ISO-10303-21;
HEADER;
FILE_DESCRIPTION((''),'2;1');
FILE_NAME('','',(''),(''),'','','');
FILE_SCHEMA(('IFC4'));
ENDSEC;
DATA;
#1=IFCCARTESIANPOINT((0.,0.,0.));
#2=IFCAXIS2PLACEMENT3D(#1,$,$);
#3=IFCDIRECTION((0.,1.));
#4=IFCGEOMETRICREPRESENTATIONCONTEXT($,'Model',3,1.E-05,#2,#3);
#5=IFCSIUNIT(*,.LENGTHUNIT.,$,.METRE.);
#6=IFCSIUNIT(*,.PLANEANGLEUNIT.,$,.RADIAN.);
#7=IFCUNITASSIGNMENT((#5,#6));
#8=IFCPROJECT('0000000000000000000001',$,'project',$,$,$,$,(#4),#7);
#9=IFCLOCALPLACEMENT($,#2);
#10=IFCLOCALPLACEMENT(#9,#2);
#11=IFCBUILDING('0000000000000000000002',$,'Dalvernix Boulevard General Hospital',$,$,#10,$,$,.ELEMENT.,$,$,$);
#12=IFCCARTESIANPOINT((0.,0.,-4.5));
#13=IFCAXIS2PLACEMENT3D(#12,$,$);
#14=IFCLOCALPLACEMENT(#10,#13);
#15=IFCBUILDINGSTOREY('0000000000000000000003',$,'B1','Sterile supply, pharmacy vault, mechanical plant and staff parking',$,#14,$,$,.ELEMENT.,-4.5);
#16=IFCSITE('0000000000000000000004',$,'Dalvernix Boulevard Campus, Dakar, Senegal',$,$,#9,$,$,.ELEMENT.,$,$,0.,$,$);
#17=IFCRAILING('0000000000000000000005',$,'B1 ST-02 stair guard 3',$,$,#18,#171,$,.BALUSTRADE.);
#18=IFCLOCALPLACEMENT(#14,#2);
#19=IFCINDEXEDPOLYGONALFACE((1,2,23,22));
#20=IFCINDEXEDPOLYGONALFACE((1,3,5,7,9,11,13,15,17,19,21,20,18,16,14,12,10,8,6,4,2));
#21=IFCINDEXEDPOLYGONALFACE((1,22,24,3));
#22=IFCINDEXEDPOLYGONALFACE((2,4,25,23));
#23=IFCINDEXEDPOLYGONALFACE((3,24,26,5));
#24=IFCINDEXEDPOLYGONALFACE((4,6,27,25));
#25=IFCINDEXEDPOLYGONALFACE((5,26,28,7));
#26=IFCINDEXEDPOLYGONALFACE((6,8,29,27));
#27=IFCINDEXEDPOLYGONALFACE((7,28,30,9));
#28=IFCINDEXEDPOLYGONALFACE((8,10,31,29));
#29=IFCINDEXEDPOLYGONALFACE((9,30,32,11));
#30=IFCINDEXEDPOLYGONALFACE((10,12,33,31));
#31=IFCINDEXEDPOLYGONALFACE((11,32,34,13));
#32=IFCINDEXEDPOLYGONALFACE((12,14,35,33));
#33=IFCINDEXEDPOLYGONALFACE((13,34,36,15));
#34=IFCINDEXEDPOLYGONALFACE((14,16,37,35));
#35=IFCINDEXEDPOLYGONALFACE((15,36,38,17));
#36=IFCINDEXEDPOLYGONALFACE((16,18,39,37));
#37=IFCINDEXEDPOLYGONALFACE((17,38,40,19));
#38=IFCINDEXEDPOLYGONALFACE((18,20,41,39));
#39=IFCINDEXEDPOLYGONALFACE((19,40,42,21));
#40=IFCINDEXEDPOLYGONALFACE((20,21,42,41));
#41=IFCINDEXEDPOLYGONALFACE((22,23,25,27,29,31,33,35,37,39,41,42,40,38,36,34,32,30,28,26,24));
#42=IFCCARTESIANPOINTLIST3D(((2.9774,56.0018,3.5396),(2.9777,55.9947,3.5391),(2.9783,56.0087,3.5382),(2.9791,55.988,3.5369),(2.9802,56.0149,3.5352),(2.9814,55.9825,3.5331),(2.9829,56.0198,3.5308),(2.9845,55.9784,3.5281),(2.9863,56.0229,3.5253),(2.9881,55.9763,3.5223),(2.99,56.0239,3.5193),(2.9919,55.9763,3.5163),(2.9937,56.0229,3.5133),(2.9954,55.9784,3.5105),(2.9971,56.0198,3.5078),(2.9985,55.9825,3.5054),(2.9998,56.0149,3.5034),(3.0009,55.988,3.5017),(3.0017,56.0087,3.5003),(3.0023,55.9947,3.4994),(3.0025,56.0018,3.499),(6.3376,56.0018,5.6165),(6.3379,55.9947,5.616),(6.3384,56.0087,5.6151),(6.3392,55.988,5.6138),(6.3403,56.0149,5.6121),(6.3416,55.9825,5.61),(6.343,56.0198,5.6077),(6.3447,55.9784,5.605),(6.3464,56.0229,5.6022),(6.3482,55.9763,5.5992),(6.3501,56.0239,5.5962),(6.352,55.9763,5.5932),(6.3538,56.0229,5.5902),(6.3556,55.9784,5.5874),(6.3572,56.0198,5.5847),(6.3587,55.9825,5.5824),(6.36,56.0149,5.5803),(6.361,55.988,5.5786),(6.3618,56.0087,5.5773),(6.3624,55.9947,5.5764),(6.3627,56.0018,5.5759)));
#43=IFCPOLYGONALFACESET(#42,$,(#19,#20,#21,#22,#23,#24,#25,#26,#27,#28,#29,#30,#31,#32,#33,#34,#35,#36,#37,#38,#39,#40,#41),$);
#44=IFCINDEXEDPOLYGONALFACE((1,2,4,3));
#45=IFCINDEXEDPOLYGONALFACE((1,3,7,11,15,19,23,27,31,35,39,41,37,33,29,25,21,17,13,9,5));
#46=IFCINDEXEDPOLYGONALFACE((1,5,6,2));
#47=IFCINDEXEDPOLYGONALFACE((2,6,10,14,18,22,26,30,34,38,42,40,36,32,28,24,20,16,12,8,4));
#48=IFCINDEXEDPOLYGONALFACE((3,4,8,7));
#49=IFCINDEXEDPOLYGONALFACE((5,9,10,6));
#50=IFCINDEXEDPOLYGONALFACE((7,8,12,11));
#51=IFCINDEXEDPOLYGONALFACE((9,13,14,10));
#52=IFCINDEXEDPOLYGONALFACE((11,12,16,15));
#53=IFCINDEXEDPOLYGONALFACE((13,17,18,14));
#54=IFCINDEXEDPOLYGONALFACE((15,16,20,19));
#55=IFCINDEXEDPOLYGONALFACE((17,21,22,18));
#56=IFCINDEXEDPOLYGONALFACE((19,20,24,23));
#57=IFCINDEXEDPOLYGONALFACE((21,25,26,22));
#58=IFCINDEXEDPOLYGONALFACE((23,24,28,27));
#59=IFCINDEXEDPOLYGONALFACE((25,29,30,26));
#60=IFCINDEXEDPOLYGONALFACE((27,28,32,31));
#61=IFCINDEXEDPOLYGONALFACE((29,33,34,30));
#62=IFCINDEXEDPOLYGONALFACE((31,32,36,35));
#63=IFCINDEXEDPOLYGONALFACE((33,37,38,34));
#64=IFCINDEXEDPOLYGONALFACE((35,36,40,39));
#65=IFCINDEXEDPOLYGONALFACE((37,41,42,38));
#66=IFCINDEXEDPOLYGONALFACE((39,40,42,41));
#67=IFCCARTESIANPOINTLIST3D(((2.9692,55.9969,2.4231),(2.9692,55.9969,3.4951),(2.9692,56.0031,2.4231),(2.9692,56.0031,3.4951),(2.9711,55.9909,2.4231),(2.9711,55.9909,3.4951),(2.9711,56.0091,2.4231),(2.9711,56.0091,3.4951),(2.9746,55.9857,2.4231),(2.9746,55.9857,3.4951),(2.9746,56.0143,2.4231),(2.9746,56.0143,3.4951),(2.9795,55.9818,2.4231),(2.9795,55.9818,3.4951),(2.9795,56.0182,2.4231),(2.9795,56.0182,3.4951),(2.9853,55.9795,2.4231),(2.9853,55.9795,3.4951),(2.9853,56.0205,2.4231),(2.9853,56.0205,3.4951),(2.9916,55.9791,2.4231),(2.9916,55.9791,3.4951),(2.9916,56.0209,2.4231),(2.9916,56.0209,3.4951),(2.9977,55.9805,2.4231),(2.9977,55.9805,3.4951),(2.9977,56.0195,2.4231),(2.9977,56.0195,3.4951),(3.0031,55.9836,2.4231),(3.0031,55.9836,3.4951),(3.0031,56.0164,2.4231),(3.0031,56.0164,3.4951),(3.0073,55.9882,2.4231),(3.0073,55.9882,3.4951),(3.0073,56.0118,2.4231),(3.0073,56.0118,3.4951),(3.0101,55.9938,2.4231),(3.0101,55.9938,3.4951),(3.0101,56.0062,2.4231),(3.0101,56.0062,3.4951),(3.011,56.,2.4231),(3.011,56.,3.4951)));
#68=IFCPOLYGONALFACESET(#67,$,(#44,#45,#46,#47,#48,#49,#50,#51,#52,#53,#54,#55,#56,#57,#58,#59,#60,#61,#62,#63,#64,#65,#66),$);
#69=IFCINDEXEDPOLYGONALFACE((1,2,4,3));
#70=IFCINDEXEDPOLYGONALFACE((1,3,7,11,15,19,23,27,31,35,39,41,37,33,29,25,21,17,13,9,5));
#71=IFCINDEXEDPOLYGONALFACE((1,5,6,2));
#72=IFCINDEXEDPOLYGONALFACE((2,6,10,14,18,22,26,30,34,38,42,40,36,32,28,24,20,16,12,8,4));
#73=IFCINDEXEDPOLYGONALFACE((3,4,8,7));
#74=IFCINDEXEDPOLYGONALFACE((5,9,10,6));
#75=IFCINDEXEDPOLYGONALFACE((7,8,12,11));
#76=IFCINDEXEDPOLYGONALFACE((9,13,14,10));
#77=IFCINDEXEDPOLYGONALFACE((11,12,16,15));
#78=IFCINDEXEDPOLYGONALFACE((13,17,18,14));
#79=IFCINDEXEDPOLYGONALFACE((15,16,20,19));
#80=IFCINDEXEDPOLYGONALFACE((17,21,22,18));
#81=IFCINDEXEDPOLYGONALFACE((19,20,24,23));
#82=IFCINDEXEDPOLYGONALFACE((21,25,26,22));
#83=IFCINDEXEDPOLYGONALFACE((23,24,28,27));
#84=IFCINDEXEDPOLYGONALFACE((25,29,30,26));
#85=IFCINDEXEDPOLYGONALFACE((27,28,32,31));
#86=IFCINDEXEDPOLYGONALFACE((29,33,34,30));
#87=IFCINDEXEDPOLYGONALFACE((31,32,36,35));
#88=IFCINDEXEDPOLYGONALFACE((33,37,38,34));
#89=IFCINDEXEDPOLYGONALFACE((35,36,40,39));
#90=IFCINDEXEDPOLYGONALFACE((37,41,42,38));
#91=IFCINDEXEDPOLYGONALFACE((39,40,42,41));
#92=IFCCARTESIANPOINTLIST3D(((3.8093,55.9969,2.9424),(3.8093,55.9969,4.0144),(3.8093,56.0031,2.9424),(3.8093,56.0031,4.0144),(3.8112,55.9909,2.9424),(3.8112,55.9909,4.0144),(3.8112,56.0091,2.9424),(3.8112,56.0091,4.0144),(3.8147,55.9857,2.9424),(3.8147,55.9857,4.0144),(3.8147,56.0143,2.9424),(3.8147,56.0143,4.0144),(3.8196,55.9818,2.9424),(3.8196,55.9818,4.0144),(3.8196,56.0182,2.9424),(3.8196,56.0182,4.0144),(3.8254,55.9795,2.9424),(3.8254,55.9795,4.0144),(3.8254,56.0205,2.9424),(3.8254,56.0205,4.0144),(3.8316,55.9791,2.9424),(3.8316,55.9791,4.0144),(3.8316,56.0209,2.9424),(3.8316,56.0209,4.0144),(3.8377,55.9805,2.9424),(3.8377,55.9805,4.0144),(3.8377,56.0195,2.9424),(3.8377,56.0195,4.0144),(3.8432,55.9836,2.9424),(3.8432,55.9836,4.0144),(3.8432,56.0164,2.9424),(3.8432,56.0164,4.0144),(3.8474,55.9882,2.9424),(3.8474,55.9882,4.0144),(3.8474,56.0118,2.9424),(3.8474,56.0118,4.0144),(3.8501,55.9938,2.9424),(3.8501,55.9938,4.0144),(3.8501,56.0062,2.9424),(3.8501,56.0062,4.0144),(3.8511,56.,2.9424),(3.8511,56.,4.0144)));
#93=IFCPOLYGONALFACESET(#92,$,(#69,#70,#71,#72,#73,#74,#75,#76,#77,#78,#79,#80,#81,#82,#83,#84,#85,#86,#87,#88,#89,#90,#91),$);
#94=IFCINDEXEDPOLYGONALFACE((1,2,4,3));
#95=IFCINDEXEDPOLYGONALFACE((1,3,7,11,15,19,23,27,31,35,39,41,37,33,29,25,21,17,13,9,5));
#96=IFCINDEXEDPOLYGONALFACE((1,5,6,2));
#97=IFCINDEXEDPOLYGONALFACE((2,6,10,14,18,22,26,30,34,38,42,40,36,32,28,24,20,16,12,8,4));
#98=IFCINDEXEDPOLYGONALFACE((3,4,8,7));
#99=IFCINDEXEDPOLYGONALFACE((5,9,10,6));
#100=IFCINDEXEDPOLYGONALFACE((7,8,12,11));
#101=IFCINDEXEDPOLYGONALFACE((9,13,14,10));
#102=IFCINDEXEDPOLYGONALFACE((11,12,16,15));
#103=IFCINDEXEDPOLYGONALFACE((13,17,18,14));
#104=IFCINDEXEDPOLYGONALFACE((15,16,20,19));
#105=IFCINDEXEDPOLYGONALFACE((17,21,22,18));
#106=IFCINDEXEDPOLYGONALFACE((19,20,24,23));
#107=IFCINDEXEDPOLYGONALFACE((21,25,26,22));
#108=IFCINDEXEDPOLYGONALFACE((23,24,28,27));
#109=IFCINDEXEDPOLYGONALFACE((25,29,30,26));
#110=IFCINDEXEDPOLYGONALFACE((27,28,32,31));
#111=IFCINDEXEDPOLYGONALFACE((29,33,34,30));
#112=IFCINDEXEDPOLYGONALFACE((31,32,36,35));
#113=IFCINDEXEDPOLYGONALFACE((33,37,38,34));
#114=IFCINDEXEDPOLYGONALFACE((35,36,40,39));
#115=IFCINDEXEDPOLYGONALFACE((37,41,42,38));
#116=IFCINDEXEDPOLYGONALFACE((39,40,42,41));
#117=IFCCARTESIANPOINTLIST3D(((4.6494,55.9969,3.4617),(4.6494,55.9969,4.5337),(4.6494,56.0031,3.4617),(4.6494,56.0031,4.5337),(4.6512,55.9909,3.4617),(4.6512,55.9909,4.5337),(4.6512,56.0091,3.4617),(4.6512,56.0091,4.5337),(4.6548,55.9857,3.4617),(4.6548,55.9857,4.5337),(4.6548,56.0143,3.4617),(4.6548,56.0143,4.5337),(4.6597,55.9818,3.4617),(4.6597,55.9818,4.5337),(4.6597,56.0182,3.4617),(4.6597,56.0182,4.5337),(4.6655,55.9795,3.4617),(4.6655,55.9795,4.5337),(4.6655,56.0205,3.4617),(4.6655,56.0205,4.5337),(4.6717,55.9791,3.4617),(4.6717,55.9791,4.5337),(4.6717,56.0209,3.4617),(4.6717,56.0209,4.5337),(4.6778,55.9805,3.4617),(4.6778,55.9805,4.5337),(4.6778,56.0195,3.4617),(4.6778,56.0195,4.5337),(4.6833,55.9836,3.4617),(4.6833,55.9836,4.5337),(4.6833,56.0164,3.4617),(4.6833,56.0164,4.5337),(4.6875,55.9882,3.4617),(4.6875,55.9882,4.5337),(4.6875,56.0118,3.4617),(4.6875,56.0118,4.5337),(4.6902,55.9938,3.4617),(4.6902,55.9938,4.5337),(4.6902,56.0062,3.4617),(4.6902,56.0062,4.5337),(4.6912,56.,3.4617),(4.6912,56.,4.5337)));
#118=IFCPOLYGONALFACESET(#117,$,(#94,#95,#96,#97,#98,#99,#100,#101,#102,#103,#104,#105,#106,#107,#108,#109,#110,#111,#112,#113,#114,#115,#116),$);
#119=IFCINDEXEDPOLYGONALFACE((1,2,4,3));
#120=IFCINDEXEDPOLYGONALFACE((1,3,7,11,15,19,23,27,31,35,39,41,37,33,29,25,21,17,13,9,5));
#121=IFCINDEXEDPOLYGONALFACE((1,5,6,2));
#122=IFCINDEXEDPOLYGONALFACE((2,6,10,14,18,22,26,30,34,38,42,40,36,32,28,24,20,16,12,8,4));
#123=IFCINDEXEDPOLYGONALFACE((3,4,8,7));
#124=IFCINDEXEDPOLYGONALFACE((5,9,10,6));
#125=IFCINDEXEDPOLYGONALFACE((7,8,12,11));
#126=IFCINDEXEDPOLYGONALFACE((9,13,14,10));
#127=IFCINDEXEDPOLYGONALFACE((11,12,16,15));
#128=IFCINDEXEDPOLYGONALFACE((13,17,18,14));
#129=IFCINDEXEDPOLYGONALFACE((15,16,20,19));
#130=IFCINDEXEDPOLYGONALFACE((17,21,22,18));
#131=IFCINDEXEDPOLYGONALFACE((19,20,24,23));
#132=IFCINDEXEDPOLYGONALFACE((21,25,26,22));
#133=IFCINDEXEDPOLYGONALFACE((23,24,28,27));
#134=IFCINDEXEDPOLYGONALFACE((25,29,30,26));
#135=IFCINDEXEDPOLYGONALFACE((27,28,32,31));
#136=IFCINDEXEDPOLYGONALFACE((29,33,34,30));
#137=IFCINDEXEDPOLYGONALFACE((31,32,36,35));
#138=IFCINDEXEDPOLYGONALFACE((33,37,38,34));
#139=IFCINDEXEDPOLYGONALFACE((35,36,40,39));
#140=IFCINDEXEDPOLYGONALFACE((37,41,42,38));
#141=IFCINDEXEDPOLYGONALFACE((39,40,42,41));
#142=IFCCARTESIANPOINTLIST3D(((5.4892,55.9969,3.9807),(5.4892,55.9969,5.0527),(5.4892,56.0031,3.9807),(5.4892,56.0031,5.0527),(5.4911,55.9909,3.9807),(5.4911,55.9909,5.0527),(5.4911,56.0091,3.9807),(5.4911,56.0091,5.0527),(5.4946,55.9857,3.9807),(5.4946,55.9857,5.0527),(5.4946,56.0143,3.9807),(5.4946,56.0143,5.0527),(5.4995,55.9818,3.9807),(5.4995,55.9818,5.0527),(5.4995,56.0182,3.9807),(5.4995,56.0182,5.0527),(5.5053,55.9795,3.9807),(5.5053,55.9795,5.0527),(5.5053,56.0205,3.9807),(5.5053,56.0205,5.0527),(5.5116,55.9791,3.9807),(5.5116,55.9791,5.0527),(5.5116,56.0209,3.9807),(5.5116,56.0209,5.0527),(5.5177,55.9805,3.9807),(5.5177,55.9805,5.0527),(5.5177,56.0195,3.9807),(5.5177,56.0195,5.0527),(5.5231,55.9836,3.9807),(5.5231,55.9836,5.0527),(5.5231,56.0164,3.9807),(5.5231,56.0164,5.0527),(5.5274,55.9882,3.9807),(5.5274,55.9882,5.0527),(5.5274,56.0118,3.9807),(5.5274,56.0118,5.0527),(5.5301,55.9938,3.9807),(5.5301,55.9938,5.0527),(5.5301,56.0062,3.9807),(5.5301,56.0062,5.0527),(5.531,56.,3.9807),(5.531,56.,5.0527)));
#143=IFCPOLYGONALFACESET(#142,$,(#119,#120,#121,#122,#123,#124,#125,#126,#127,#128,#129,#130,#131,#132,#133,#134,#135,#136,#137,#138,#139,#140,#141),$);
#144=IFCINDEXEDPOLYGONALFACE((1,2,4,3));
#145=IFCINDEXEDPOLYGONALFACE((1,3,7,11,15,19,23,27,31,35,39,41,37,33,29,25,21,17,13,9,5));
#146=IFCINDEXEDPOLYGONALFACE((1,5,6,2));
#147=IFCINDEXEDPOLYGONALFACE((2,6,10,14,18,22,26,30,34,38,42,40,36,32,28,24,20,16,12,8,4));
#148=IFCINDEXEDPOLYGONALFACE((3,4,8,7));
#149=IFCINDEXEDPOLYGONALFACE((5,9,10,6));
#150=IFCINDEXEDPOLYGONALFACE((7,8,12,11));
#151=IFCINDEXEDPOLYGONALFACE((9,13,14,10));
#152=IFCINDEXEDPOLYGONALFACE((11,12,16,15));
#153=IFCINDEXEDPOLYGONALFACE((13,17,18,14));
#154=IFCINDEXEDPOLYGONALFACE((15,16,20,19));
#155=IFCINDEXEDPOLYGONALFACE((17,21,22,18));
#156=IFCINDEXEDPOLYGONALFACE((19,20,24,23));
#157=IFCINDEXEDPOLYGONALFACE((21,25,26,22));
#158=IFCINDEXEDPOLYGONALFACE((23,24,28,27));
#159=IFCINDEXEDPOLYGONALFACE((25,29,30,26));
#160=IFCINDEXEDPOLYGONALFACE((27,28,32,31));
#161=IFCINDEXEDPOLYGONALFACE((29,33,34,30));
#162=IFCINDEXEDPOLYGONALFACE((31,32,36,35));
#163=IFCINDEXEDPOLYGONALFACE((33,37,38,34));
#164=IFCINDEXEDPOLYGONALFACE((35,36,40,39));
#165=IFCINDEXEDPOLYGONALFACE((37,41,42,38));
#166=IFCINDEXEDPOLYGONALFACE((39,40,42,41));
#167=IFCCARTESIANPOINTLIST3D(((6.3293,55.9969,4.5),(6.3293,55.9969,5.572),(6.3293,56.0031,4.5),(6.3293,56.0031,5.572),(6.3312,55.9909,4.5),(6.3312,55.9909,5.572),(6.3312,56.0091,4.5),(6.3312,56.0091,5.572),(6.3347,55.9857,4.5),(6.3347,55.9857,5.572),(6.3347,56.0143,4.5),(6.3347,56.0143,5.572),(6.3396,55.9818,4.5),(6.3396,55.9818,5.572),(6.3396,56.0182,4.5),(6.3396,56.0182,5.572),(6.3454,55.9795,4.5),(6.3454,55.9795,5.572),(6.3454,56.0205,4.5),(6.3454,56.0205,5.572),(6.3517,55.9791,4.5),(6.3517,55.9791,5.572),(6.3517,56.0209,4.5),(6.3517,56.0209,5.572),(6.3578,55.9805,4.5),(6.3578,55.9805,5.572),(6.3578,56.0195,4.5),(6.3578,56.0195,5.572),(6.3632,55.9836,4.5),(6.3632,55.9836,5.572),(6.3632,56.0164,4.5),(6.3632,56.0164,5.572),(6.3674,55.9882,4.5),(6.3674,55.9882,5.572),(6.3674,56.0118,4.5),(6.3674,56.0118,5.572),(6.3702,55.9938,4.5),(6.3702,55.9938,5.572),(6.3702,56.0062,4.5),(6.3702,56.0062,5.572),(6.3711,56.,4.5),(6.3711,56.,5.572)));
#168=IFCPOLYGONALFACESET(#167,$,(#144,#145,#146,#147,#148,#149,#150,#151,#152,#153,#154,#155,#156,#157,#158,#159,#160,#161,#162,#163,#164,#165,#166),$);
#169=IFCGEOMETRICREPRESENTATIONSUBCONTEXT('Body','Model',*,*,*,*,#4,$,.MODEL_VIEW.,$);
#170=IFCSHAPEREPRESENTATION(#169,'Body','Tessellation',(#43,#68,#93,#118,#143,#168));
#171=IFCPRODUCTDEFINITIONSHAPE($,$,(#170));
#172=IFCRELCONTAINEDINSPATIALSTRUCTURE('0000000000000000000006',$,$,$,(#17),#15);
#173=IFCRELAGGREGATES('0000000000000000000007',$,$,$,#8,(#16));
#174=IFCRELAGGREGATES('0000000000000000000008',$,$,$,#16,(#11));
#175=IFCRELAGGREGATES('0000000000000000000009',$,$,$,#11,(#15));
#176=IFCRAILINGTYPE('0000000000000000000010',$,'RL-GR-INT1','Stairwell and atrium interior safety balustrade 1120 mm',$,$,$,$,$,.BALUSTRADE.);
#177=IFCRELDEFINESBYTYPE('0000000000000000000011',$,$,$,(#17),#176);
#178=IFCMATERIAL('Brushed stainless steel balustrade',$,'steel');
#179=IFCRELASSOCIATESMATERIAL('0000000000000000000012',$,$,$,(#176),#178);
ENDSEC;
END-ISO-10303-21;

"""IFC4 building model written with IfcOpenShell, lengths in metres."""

from ifc_helpers import new_model, si_unit, direction, frame, origin, origin_2d, place, context, subcontext, project, spatial, circle, extrude, material, type_object, element, save


model = new_model("IFC4")

# Units and contexts
model_context = context("Model", 3, precision=1e-05, world=origin(), true_north=direction((0.0, 1.0)))
body_context = subcontext(model_context, "Body", "Model", "MODEL_VIEW")
ifc_project = project(units=[si_unit("LENGTHUNIT", "METRE"), si_unit("PLANEANGLEUNIT", "RADIAN")], contexts=[model_context])

# Site, building, storey
site_placement = place(None, origin())
site = spatial("IfcSite", under=ifc_project, at=site_placement, Name="Dalvernix Boulevard Campus, Dakar, Senegal", CompositionType="ELEMENT", RefElevation=0.0)
building_placement = place(site_placement, origin())
building = spatial("IfcBuilding", under=site, at=building_placement, Name="Dalvernix Boulevard General Hospital", CompositionType="ELEMENT")
storey_placement = place(building_placement, frame((0.0, 0.0, -4.5)))
storey = spatial("IfcBuildingStorey", under=building, at=storey_placement, Name="B1", Description="Sterile supply, pharmacy vault, mechanical plant and staff parking", CompositionType="ELEMENT", Elevation=-4.5)

# Railing
ifc_material_1 = material(Name="Brushed stainless steel balustrade", Category="steel")
railing_type_1 = type_object("IfcRailingType", Name="RL-GR-INT1", Description="Stairwell and atrium interior safety balustrade 1120 mm", PredefinedType="BALUSTRADE", material=ifc_material_1)
railing_1_placement = place(storey_placement, frame((2.99, 56.0, 2.4231)))
element("IfcRailing", 1, at=railing_1_placement, inside=storey, type_object=railing_type_1, Name="B1 ST-02 stair guard 3", PredefinedType="BALUSTRADE", context=body_context, shape_type="SweptSolid", body=[
    extrude(circle(Radius=0.0239, at=origin_2d()), frame((0.0, 0.0, 1.0962), z_axis=(0.850623, 0.0, 0.525776), x_axis=(0.0, 1.0, 0.0)), (0.0, 0.0, 1.0), 3.9502),
    extrude(circle(Radius=0.021, at=origin_2d()), origin(), (0.0, 0.0, 1.0), 1.072),
    extrude(circle(Radius=0.021, at=origin_2d()), frame((0.8401, 0.0, 0.5193)), (0.0, 0.0, 1.0), 1.072),
    extrude(circle(Radius=0.021, at=origin_2d()), frame((1.6802, 0.0, 1.0386)), (0.0, 0.0, 1.0), 1.072),
    extrude(circle(Radius=0.021, at=origin_2d()), frame((2.52, 0.0, 1.5576)), (0.0, 0.0, 1.0), 1.072),
    extrude(circle(Radius=0.021, at=origin_2d()), frame((3.3601, 0.0, 2.0769)), (0.0, 0.0, 1.0), 1.072),
])

save(model, "model.ifc")
